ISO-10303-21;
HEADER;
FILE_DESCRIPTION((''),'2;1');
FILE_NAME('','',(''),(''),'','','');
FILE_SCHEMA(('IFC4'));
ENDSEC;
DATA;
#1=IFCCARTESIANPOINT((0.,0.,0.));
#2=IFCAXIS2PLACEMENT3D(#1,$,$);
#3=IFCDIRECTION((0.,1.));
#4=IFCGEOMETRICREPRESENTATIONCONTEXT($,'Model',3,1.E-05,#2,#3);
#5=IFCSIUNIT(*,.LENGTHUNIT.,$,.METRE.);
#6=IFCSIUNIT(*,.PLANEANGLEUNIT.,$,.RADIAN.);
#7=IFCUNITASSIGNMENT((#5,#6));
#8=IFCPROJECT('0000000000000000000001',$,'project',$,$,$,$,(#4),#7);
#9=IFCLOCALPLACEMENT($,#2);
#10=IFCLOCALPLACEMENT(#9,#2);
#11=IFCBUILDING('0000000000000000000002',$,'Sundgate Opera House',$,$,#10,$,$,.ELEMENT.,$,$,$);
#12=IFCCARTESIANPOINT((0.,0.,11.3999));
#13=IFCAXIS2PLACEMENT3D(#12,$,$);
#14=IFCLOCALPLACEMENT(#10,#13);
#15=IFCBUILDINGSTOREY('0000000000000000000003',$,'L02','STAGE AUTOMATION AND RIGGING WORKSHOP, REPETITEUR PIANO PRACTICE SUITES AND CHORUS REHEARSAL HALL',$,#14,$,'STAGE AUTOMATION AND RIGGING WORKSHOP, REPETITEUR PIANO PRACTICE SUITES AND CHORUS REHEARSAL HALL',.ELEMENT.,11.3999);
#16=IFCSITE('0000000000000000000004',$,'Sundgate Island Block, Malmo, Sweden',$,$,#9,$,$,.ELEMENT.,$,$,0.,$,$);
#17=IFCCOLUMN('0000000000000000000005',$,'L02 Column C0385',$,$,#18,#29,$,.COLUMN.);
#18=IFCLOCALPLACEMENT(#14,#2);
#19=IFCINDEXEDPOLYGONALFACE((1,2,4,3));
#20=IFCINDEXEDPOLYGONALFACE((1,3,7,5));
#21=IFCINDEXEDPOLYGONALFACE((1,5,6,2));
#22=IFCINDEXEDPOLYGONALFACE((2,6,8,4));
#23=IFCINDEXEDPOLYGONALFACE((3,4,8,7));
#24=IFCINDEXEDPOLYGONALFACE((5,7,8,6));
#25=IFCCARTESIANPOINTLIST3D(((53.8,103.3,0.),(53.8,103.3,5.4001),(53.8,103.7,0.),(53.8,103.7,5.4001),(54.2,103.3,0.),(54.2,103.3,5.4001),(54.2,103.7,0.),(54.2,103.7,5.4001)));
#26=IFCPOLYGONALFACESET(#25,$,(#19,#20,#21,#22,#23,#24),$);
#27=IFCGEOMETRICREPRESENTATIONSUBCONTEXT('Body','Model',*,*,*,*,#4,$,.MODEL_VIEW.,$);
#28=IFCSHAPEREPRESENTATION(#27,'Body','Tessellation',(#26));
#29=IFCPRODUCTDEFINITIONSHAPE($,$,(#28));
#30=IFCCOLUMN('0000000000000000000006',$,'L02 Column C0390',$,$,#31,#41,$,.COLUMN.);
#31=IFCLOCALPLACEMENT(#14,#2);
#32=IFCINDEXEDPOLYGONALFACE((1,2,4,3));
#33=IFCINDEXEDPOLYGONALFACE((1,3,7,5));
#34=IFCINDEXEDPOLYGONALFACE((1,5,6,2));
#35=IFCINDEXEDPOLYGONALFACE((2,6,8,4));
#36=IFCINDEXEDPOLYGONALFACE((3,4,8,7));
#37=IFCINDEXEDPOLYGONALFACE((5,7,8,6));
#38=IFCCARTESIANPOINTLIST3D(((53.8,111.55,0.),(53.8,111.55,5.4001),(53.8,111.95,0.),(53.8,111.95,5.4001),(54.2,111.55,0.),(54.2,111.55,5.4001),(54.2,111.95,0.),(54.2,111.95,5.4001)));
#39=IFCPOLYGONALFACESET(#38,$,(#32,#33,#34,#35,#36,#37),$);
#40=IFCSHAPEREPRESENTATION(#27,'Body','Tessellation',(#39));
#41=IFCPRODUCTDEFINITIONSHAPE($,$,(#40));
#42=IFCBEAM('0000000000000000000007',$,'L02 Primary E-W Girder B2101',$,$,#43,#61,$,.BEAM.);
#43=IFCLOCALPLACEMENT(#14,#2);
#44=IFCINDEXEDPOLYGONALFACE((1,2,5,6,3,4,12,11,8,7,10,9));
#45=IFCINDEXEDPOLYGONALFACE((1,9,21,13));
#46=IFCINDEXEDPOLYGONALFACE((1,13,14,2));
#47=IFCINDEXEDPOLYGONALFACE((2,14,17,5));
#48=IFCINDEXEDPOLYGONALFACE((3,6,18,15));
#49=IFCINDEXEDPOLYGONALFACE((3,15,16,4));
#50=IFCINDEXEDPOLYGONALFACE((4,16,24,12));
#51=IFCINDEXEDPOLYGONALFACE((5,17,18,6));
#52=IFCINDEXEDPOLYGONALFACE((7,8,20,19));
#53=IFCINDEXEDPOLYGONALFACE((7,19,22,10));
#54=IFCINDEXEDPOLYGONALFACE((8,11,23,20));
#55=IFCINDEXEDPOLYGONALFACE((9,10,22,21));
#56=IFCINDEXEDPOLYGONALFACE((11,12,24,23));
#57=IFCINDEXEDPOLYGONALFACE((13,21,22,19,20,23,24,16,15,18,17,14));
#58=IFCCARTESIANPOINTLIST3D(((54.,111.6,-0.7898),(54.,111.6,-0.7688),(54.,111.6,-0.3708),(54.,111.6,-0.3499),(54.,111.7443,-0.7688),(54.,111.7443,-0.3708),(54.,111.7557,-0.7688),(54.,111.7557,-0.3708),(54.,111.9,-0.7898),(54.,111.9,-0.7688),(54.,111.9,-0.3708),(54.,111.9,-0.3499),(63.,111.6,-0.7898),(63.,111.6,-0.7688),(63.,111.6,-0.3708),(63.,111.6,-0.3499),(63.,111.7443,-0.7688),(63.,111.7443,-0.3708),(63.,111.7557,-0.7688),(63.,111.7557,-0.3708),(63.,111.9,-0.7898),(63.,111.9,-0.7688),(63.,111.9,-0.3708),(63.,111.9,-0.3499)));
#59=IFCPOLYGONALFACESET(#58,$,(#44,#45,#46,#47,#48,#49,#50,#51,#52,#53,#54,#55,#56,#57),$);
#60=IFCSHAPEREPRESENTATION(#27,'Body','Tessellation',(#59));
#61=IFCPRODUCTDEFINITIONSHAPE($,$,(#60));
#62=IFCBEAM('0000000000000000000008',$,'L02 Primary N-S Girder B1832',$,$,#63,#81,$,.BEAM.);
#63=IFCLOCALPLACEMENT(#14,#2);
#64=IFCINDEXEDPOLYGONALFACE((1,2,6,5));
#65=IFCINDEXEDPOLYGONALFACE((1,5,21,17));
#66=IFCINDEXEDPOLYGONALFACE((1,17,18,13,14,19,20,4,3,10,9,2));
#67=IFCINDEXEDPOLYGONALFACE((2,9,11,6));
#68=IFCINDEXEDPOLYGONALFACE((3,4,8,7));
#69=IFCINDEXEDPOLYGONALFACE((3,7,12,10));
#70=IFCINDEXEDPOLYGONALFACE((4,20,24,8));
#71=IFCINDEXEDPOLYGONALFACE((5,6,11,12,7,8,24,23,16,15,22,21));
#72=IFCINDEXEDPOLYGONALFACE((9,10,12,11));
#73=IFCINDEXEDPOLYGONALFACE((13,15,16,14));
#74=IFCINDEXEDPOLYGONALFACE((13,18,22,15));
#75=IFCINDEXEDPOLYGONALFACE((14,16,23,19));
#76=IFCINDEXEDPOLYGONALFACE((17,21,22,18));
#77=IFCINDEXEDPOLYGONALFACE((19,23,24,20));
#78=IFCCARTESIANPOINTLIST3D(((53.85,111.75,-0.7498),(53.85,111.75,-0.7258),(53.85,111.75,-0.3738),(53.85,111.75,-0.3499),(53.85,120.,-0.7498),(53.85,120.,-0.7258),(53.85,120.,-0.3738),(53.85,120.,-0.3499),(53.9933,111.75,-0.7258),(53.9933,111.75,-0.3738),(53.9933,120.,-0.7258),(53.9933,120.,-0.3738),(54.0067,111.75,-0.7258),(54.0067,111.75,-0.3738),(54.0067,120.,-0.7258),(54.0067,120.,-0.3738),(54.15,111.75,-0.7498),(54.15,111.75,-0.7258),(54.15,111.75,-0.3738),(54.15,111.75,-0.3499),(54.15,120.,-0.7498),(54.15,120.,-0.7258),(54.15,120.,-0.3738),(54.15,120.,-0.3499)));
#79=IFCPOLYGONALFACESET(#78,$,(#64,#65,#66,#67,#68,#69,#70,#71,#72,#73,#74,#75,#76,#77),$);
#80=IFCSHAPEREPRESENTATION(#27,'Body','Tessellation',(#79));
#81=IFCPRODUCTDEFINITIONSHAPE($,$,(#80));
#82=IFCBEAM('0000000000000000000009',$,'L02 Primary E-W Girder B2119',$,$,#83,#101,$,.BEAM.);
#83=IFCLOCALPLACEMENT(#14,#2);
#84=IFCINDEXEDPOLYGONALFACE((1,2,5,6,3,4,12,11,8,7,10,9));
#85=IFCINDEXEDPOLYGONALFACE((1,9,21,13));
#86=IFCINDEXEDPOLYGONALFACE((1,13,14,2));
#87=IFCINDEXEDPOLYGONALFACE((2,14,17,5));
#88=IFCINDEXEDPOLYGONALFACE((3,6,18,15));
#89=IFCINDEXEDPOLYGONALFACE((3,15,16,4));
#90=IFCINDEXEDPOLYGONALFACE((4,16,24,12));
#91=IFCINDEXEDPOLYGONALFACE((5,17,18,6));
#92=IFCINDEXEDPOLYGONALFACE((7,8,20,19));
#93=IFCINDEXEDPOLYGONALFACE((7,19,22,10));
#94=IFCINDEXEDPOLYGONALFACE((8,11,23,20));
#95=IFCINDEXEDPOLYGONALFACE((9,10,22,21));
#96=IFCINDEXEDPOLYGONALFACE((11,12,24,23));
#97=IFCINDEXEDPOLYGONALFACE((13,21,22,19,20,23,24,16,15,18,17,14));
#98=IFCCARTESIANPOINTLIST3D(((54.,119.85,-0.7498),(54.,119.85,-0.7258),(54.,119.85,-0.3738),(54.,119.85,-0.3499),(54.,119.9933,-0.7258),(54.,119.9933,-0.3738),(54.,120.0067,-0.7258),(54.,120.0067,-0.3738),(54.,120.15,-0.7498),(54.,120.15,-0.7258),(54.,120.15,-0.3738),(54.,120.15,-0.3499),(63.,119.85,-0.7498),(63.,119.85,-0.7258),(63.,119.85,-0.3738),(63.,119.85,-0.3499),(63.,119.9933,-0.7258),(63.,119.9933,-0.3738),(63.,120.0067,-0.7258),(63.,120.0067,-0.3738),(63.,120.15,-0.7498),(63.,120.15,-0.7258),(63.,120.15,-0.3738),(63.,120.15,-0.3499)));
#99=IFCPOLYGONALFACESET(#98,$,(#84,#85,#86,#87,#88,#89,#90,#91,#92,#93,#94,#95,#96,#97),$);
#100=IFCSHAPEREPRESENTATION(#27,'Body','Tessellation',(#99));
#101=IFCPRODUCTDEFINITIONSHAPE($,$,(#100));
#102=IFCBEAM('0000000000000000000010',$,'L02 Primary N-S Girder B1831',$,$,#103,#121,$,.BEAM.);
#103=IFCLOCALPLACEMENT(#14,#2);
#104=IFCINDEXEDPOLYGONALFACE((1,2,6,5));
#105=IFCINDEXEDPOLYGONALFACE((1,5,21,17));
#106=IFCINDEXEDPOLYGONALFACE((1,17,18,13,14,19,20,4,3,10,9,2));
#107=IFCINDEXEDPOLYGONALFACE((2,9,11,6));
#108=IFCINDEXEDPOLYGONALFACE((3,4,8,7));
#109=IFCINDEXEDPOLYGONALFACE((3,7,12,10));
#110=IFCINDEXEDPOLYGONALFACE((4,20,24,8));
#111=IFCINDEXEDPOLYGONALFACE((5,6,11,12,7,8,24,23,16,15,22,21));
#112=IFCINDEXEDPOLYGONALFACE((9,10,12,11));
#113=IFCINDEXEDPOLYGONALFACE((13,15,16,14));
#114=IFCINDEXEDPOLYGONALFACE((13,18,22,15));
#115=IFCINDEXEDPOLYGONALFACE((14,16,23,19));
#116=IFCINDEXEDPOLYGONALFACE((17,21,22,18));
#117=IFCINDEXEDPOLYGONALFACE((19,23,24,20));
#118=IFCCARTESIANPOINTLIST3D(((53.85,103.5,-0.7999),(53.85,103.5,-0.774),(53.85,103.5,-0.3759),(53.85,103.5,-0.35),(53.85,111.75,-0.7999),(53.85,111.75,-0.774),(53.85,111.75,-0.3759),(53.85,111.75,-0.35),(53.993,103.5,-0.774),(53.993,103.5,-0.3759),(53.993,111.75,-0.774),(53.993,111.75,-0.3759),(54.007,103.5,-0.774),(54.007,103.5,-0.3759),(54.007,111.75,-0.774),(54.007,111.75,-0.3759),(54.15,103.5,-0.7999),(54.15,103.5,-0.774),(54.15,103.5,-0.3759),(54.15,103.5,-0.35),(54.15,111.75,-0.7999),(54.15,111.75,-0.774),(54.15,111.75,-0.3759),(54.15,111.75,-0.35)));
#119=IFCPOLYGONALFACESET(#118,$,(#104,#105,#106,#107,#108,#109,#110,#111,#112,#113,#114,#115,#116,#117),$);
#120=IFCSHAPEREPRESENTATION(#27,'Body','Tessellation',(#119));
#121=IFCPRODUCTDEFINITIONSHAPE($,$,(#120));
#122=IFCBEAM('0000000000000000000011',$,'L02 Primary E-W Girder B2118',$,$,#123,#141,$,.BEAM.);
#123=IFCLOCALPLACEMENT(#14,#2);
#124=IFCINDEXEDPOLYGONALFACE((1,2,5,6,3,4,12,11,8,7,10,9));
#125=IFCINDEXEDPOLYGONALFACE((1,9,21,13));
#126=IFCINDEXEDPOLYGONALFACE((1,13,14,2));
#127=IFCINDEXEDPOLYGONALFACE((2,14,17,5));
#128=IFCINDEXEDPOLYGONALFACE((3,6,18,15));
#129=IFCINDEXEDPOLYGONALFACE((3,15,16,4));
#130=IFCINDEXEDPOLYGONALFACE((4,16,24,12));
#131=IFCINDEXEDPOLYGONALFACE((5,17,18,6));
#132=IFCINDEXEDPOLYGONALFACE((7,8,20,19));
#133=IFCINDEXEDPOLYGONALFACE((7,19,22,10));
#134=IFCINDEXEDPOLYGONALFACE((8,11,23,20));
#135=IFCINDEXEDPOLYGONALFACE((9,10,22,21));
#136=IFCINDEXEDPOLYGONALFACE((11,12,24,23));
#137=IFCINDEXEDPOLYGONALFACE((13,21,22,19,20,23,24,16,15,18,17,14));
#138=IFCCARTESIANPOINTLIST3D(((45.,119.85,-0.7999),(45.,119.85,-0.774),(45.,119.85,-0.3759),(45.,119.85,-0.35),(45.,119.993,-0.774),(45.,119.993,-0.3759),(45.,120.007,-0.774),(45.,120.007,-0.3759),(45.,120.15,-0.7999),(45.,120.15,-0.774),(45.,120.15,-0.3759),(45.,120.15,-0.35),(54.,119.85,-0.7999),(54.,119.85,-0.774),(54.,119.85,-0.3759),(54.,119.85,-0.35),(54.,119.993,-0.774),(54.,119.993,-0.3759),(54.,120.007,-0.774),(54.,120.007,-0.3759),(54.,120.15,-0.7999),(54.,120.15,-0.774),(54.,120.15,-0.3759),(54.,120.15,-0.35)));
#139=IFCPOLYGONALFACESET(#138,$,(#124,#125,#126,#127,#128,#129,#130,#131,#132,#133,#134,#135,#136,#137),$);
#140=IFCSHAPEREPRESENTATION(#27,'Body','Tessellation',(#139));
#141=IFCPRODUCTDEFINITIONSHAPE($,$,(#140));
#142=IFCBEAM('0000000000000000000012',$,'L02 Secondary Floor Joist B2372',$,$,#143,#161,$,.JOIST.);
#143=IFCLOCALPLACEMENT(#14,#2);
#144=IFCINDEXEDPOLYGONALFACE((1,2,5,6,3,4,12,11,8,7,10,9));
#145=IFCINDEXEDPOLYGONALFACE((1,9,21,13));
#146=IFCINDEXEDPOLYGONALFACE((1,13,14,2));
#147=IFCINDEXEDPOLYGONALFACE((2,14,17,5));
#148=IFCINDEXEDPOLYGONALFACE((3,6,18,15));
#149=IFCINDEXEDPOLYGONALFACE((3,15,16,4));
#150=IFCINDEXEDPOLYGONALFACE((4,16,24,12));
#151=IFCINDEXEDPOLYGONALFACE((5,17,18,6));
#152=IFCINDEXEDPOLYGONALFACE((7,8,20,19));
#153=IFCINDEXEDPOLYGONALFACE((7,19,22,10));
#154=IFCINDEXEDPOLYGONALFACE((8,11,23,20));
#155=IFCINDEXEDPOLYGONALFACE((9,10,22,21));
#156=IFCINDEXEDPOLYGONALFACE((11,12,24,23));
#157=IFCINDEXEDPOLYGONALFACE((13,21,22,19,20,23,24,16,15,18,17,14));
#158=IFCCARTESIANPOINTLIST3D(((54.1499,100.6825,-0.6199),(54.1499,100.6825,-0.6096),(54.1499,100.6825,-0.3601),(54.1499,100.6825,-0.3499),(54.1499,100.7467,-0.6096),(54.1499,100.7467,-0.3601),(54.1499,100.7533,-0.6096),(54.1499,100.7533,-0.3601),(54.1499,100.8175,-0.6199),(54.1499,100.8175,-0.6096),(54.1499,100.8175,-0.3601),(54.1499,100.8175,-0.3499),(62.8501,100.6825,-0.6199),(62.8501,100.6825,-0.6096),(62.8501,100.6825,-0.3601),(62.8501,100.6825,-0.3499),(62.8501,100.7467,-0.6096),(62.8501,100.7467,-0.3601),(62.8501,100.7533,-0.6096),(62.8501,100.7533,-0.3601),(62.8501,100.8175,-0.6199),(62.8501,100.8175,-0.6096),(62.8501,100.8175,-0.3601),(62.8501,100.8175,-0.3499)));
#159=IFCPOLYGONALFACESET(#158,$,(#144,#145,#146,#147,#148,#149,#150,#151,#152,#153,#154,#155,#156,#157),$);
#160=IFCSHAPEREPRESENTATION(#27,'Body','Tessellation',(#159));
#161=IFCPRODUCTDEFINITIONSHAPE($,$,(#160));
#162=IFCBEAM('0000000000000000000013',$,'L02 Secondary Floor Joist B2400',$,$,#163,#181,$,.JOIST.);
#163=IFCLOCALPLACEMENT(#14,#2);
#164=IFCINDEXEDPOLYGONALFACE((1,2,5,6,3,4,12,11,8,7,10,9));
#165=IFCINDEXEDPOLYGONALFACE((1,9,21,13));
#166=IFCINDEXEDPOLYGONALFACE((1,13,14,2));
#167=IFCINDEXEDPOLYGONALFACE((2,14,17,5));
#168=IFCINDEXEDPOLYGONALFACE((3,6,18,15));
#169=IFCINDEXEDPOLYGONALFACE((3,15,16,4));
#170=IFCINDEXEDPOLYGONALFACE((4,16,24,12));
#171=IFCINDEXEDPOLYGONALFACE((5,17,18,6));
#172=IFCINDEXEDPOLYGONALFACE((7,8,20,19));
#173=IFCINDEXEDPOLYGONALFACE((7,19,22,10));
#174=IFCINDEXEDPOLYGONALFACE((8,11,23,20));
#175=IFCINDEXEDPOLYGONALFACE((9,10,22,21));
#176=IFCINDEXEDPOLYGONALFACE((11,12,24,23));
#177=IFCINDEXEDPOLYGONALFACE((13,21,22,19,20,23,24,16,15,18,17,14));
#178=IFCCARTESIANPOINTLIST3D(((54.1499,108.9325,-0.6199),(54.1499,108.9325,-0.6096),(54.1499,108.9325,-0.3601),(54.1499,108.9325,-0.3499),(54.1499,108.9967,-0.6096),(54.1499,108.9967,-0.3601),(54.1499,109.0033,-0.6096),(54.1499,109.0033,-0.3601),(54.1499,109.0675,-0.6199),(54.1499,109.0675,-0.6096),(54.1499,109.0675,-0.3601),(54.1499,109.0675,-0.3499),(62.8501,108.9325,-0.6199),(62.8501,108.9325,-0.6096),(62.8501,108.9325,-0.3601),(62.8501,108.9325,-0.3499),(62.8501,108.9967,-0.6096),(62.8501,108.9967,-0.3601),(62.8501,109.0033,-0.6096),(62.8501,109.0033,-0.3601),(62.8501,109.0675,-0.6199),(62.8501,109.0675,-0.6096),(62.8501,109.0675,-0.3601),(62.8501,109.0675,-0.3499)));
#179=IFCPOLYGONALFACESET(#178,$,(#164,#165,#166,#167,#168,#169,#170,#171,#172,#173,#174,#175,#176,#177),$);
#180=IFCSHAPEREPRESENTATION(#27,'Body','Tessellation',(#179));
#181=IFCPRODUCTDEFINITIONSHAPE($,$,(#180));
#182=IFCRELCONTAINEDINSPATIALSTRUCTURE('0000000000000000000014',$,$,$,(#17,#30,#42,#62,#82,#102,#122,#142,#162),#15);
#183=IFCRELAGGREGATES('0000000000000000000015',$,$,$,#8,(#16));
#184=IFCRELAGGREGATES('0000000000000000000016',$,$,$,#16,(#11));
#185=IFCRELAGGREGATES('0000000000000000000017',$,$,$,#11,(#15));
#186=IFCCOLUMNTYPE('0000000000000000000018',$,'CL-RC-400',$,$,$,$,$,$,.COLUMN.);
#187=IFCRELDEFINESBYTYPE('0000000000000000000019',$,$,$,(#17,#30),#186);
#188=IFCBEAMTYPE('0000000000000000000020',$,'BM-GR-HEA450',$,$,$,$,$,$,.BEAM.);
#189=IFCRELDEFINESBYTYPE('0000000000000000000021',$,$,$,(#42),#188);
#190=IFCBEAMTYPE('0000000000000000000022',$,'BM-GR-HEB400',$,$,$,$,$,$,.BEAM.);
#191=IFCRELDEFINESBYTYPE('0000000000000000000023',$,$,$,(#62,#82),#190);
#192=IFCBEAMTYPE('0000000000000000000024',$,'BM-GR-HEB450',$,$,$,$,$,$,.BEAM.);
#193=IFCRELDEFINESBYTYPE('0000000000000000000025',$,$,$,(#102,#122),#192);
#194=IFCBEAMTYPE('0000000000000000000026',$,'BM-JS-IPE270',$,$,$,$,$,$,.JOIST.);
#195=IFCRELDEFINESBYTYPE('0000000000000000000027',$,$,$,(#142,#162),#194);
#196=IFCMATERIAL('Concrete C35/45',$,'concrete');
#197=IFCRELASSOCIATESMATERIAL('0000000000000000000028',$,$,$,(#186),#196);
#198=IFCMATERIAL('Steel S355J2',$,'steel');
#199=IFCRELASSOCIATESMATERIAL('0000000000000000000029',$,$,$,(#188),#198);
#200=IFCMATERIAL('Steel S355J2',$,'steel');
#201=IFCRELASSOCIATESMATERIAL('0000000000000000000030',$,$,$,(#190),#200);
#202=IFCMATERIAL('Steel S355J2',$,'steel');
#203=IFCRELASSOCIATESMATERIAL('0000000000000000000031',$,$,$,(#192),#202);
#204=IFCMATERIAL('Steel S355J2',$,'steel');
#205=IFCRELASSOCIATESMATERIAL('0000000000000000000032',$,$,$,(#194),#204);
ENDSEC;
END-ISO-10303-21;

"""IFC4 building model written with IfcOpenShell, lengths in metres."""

from ifc_helpers import new_model, si_unit, direction, frame, origin, origin_2d, place, context, subcontext, project, spatial, rectangle, i_section, extrude, material, material_profile, profile_set, type_object, element, save


model = new_model("IFC4")

# Units and contexts
model_context = context("Model", 3, precision=1e-05, world=origin(), true_north=direction((0.0, 1.0)))
body_context = subcontext(model_context, "Body", "Model", "MODEL_VIEW")
ifc_project = project(units=[si_unit("LENGTHUNIT", "METRE"), si_unit("PLANEANGLEUNIT", "RADIAN")], contexts=[model_context])

# Site, building, storey
site_placement = place(None, origin())
site = spatial("IfcSite", under=ifc_project, at=site_placement, Name="Sundgate Island Block, Malmo, Sweden", CompositionType="ELEMENT", RefElevation=0.0)
building_placement = place(site_placement, origin())
building = spatial("IfcBuilding", under=site, at=building_placement, Name="Sundgate Opera House", CompositionType="ELEMENT")
storey_placement = place(building_placement, frame((0.0, 0.0, 11.3999)))
storey = spatial("IfcBuildingStorey", under=building, at=storey_placement, Name="L02", Description="STAGE AUTOMATION AND RIGGING WORKSHOP, REPETITEUR PIANO PRACTICE SUITES AND CHORUS REHEARSAL HALL", LongName="STAGE AUTOMATION AND RIGGING WORKSHOP, REPETITEUR PIANO PRACTICE SUITES AND CHORUS REHEARSAL HALL", CompositionType="ELEMENT", Elevation=11.3999)

# Columns
ifc_material_1 = material(Name="Concrete C35/45", Category="concrete")
ifc_material_profile_1 = material_profile(ifc_material_1, rectangle(XDim=0.3999, YDim=0.3999, at=origin_2d()), Name="RC 400x400")
ifc_profile_set_1 = profile_set([ifc_material_profile_1], Name="Concrete C35/45")
column_type = type_object("IfcColumnType", Name="CL-RC-400", PredefinedType="COLUMN", material=ifc_profile_set_1)
for number, where, z_axis, x_axis, name in (
    (1, (54.0, 103.5, 0.0), (0.0, 0.0, 1.0), (1.0, 0.0, 0.0), "L02 Column C0385"),
    (2, (54.0, 111.75, 0.0), (0.0, 0.0, 1.0), (1.0, 0.0, 0.0), "L02 Column C0390"),
):
    element("IfcColumn", number, at=place(storey_placement, frame(where, z_axis=z_axis, x_axis=x_axis)), inside=storey, type_object=column_type, Name=name, PredefinedType="COLUMN", context=body_context, shape_type="SweptSolid", body=[
        extrude(rectangle(XDim=0.3999, YDim=0.3999, at=origin_2d()), origin(), (0.0, 0.0, 1.0), 5.4001),
    ])

# Beams
ifc_material_2 = material(Name="Steel S355J2", Category="steel")
ifc_material_profile_2 = material_profile(ifc_material_2, i_section(OverallWidth=0.3, OverallDepth=0.4399, WebThickness=0.0115, FlangeThickness=0.021, at=origin_2d()), Name="HEA 450")
ifc_profile_set_2 = profile_set([ifc_material_profile_2], Name="Steel S355J2")
beam_type_1 = type_object("IfcBeamType", Name="BM-GR-HEA450", PredefinedType="BEAM", material=ifc_profile_set_2)
beam_1_placement = place(storey_placement, frame((54.0, 111.75, -0.5698), z_axis=(1.0, 0.0, 0.0), x_axis=(0.0, 1.0, 0.0)))
element("IfcBeam", 3, at=beam_1_placement, inside=storey, type_object=beam_type_1, Name="L02 Primary E-W Girder B2101", PredefinedType="BEAM", context=body_context, shape_type="SweptSolid", body=[
    extrude(i_section(OverallWidth=0.3, OverallDepth=0.4399, WebThickness=0.0115, FlangeThickness=0.021, at=origin_2d()), origin(), (0.0, 0.0, 1.0), 9.0),
])
ifc_material_3 = material(Name="Steel S355J2", Category="steel")
ifc_material_profile_3 = material_profile(ifc_material_3, i_section(OverallWidth=0.3, OverallDepth=0.3999, WebThickness=0.0134, FlangeThickness=0.0239, at=origin_2d()), Name="HEB 400")
ifc_profile_set_3 = profile_set([ifc_material_profile_3], Name="Steel S355J2")
beam_type_2 = type_object("IfcBeamType", Name="BM-GR-HEB400", PredefinedType="BEAM", material=ifc_profile_set_3)
beam_2_placement = place(storey_placement, frame((54.0, 111.75, -0.5498), z_axis=(0.0, 1.0, 0.0), x_axis=(-1.0, 0.0, 0.0)))
element("IfcBeam", 4, at=beam_2_placement, inside=storey, type_object=beam_type_2, Name="L02 Primary N-S Girder B1832", PredefinedType="BEAM", context=body_context, shape_type="SweptSolid", body=[
    extrude(i_section(OverallWidth=0.3, OverallDepth=0.3999, WebThickness=0.0134, FlangeThickness=0.0239, at=origin_2d()), origin(), (0.0, 0.0, 1.0), 8.25),
])
beam_3_placement = place(storey_placement, frame((54.0, 120.0, -0.5498), z_axis=(1.0, 0.0, 0.0), x_axis=(0.0, 1.0, 0.0)))
element("IfcBeam", 5, at=beam_3_placement, inside=storey, type_object=beam_type_2, Name="L02 Primary E-W Girder B2119", PredefinedType="BEAM", context=body_context, shape_type="SweptSolid", body=[
    extrude(i_section(OverallWidth=0.3, OverallDepth=0.3999, WebThickness=0.0134, FlangeThickness=0.0239, at=origin_2d()), origin(), (0.0, 0.0, 1.0), 9.0),
])
ifc_material_4 = material(Name="Steel S355J2", Category="steel")
ifc_material_profile_4 = material_profile(ifc_material_4, i_section(OverallWidth=0.3, OverallDepth=0.45, WebThickness=0.0139, FlangeThickness=0.0259, at=origin_2d()), Name="HEB 450")
ifc_profile_set_4 = profile_set([ifc_material_profile_4], Name="Steel S355J2")
beam_type_3 = type_object("IfcBeamType", Name="BM-GR-HEB450", PredefinedType="BEAM", material=ifc_profile_set_4)
beam_4_placement = place(storey_placement, frame((54.0, 103.5, -0.575), z_axis=(0.0, 1.0, 0.0), x_axis=(-1.0, 0.0, 0.0)))
element("IfcBeam", 6, at=beam_4_placement, inside=storey, type_object=beam_type_3, Name="L02 Primary N-S Girder B1831", PredefinedType="BEAM", context=body_context, shape_type="SweptSolid", body=[
    extrude(i_section(OverallWidth=0.3, OverallDepth=0.45, WebThickness=0.0139, FlangeThickness=0.0259, at=origin_2d()), origin(), (0.0, 0.0, 1.0), 8.25),
])
beam_5_placement = place(storey_placement, frame((45.0, 120.0, -0.575), z_axis=(1.0, 0.0, 0.0), x_axis=(0.0, 1.0, 0.0)))
element("IfcBeam", 7, at=beam_5_placement, inside=storey, type_object=beam_type_3, Name="L02 Primary E-W Girder B2118", PredefinedType="BEAM", context=body_context, shape_type="SweptSolid", body=[
    extrude(i_section(OverallWidth=0.3, OverallDepth=0.45, WebThickness=0.0139, FlangeThickness=0.0259, at=origin_2d()), origin(), (0.0, 0.0, 1.0), 9.0),
])
ifc_material_5 = material(Name="Steel S355J2", Category="steel")
ifc_material_profile_5 = material_profile(ifc_material_5, i_section(OverallWidth=0.135, OverallDepth=0.27, WebThickness=0.0066, FlangeThickness=0.0103, at=origin_2d()), Name="IPE 270")
ifc_profile_set_5 = profile_set([ifc_material_profile_5], Name="Steel S355J2")
beam_type_4 = type_object("IfcBeamType", Name="BM-JS-IPE270", PredefinedType="JOIST", material=ifc_profile_set_5)
for number, where, z_axis, x_axis, name in (
    (8, (54.1499, 100.75, -0.4849), (1.0, 0.0, 0.0), (0.0, 1.0, 0.0), "L02 Secondary Floor Joist B2372"),
    (9, (54.1499, 109.0, -0.4849), (1.0, 0.0, 0.0), (0.0, 1.0, 0.0), "L02 Secondary Floor Joist B2400"),
):
    element("IfcBeam", number, at=place(storey_placement, frame(where, z_axis=z_axis, x_axis=x_axis)), inside=storey, type_object=beam_type_4, Name=name, PredefinedType="JOIST", context=body_context, shape_type="SweptSolid", body=[
        extrude(i_section(OverallWidth=0.135, OverallDepth=0.27, WebThickness=0.0066, FlangeThickness=0.0103, at=origin_2d()), origin(), (0.0, 0.0, 1.0), 8.7002),
    ])

save(model, "model.ifc")
